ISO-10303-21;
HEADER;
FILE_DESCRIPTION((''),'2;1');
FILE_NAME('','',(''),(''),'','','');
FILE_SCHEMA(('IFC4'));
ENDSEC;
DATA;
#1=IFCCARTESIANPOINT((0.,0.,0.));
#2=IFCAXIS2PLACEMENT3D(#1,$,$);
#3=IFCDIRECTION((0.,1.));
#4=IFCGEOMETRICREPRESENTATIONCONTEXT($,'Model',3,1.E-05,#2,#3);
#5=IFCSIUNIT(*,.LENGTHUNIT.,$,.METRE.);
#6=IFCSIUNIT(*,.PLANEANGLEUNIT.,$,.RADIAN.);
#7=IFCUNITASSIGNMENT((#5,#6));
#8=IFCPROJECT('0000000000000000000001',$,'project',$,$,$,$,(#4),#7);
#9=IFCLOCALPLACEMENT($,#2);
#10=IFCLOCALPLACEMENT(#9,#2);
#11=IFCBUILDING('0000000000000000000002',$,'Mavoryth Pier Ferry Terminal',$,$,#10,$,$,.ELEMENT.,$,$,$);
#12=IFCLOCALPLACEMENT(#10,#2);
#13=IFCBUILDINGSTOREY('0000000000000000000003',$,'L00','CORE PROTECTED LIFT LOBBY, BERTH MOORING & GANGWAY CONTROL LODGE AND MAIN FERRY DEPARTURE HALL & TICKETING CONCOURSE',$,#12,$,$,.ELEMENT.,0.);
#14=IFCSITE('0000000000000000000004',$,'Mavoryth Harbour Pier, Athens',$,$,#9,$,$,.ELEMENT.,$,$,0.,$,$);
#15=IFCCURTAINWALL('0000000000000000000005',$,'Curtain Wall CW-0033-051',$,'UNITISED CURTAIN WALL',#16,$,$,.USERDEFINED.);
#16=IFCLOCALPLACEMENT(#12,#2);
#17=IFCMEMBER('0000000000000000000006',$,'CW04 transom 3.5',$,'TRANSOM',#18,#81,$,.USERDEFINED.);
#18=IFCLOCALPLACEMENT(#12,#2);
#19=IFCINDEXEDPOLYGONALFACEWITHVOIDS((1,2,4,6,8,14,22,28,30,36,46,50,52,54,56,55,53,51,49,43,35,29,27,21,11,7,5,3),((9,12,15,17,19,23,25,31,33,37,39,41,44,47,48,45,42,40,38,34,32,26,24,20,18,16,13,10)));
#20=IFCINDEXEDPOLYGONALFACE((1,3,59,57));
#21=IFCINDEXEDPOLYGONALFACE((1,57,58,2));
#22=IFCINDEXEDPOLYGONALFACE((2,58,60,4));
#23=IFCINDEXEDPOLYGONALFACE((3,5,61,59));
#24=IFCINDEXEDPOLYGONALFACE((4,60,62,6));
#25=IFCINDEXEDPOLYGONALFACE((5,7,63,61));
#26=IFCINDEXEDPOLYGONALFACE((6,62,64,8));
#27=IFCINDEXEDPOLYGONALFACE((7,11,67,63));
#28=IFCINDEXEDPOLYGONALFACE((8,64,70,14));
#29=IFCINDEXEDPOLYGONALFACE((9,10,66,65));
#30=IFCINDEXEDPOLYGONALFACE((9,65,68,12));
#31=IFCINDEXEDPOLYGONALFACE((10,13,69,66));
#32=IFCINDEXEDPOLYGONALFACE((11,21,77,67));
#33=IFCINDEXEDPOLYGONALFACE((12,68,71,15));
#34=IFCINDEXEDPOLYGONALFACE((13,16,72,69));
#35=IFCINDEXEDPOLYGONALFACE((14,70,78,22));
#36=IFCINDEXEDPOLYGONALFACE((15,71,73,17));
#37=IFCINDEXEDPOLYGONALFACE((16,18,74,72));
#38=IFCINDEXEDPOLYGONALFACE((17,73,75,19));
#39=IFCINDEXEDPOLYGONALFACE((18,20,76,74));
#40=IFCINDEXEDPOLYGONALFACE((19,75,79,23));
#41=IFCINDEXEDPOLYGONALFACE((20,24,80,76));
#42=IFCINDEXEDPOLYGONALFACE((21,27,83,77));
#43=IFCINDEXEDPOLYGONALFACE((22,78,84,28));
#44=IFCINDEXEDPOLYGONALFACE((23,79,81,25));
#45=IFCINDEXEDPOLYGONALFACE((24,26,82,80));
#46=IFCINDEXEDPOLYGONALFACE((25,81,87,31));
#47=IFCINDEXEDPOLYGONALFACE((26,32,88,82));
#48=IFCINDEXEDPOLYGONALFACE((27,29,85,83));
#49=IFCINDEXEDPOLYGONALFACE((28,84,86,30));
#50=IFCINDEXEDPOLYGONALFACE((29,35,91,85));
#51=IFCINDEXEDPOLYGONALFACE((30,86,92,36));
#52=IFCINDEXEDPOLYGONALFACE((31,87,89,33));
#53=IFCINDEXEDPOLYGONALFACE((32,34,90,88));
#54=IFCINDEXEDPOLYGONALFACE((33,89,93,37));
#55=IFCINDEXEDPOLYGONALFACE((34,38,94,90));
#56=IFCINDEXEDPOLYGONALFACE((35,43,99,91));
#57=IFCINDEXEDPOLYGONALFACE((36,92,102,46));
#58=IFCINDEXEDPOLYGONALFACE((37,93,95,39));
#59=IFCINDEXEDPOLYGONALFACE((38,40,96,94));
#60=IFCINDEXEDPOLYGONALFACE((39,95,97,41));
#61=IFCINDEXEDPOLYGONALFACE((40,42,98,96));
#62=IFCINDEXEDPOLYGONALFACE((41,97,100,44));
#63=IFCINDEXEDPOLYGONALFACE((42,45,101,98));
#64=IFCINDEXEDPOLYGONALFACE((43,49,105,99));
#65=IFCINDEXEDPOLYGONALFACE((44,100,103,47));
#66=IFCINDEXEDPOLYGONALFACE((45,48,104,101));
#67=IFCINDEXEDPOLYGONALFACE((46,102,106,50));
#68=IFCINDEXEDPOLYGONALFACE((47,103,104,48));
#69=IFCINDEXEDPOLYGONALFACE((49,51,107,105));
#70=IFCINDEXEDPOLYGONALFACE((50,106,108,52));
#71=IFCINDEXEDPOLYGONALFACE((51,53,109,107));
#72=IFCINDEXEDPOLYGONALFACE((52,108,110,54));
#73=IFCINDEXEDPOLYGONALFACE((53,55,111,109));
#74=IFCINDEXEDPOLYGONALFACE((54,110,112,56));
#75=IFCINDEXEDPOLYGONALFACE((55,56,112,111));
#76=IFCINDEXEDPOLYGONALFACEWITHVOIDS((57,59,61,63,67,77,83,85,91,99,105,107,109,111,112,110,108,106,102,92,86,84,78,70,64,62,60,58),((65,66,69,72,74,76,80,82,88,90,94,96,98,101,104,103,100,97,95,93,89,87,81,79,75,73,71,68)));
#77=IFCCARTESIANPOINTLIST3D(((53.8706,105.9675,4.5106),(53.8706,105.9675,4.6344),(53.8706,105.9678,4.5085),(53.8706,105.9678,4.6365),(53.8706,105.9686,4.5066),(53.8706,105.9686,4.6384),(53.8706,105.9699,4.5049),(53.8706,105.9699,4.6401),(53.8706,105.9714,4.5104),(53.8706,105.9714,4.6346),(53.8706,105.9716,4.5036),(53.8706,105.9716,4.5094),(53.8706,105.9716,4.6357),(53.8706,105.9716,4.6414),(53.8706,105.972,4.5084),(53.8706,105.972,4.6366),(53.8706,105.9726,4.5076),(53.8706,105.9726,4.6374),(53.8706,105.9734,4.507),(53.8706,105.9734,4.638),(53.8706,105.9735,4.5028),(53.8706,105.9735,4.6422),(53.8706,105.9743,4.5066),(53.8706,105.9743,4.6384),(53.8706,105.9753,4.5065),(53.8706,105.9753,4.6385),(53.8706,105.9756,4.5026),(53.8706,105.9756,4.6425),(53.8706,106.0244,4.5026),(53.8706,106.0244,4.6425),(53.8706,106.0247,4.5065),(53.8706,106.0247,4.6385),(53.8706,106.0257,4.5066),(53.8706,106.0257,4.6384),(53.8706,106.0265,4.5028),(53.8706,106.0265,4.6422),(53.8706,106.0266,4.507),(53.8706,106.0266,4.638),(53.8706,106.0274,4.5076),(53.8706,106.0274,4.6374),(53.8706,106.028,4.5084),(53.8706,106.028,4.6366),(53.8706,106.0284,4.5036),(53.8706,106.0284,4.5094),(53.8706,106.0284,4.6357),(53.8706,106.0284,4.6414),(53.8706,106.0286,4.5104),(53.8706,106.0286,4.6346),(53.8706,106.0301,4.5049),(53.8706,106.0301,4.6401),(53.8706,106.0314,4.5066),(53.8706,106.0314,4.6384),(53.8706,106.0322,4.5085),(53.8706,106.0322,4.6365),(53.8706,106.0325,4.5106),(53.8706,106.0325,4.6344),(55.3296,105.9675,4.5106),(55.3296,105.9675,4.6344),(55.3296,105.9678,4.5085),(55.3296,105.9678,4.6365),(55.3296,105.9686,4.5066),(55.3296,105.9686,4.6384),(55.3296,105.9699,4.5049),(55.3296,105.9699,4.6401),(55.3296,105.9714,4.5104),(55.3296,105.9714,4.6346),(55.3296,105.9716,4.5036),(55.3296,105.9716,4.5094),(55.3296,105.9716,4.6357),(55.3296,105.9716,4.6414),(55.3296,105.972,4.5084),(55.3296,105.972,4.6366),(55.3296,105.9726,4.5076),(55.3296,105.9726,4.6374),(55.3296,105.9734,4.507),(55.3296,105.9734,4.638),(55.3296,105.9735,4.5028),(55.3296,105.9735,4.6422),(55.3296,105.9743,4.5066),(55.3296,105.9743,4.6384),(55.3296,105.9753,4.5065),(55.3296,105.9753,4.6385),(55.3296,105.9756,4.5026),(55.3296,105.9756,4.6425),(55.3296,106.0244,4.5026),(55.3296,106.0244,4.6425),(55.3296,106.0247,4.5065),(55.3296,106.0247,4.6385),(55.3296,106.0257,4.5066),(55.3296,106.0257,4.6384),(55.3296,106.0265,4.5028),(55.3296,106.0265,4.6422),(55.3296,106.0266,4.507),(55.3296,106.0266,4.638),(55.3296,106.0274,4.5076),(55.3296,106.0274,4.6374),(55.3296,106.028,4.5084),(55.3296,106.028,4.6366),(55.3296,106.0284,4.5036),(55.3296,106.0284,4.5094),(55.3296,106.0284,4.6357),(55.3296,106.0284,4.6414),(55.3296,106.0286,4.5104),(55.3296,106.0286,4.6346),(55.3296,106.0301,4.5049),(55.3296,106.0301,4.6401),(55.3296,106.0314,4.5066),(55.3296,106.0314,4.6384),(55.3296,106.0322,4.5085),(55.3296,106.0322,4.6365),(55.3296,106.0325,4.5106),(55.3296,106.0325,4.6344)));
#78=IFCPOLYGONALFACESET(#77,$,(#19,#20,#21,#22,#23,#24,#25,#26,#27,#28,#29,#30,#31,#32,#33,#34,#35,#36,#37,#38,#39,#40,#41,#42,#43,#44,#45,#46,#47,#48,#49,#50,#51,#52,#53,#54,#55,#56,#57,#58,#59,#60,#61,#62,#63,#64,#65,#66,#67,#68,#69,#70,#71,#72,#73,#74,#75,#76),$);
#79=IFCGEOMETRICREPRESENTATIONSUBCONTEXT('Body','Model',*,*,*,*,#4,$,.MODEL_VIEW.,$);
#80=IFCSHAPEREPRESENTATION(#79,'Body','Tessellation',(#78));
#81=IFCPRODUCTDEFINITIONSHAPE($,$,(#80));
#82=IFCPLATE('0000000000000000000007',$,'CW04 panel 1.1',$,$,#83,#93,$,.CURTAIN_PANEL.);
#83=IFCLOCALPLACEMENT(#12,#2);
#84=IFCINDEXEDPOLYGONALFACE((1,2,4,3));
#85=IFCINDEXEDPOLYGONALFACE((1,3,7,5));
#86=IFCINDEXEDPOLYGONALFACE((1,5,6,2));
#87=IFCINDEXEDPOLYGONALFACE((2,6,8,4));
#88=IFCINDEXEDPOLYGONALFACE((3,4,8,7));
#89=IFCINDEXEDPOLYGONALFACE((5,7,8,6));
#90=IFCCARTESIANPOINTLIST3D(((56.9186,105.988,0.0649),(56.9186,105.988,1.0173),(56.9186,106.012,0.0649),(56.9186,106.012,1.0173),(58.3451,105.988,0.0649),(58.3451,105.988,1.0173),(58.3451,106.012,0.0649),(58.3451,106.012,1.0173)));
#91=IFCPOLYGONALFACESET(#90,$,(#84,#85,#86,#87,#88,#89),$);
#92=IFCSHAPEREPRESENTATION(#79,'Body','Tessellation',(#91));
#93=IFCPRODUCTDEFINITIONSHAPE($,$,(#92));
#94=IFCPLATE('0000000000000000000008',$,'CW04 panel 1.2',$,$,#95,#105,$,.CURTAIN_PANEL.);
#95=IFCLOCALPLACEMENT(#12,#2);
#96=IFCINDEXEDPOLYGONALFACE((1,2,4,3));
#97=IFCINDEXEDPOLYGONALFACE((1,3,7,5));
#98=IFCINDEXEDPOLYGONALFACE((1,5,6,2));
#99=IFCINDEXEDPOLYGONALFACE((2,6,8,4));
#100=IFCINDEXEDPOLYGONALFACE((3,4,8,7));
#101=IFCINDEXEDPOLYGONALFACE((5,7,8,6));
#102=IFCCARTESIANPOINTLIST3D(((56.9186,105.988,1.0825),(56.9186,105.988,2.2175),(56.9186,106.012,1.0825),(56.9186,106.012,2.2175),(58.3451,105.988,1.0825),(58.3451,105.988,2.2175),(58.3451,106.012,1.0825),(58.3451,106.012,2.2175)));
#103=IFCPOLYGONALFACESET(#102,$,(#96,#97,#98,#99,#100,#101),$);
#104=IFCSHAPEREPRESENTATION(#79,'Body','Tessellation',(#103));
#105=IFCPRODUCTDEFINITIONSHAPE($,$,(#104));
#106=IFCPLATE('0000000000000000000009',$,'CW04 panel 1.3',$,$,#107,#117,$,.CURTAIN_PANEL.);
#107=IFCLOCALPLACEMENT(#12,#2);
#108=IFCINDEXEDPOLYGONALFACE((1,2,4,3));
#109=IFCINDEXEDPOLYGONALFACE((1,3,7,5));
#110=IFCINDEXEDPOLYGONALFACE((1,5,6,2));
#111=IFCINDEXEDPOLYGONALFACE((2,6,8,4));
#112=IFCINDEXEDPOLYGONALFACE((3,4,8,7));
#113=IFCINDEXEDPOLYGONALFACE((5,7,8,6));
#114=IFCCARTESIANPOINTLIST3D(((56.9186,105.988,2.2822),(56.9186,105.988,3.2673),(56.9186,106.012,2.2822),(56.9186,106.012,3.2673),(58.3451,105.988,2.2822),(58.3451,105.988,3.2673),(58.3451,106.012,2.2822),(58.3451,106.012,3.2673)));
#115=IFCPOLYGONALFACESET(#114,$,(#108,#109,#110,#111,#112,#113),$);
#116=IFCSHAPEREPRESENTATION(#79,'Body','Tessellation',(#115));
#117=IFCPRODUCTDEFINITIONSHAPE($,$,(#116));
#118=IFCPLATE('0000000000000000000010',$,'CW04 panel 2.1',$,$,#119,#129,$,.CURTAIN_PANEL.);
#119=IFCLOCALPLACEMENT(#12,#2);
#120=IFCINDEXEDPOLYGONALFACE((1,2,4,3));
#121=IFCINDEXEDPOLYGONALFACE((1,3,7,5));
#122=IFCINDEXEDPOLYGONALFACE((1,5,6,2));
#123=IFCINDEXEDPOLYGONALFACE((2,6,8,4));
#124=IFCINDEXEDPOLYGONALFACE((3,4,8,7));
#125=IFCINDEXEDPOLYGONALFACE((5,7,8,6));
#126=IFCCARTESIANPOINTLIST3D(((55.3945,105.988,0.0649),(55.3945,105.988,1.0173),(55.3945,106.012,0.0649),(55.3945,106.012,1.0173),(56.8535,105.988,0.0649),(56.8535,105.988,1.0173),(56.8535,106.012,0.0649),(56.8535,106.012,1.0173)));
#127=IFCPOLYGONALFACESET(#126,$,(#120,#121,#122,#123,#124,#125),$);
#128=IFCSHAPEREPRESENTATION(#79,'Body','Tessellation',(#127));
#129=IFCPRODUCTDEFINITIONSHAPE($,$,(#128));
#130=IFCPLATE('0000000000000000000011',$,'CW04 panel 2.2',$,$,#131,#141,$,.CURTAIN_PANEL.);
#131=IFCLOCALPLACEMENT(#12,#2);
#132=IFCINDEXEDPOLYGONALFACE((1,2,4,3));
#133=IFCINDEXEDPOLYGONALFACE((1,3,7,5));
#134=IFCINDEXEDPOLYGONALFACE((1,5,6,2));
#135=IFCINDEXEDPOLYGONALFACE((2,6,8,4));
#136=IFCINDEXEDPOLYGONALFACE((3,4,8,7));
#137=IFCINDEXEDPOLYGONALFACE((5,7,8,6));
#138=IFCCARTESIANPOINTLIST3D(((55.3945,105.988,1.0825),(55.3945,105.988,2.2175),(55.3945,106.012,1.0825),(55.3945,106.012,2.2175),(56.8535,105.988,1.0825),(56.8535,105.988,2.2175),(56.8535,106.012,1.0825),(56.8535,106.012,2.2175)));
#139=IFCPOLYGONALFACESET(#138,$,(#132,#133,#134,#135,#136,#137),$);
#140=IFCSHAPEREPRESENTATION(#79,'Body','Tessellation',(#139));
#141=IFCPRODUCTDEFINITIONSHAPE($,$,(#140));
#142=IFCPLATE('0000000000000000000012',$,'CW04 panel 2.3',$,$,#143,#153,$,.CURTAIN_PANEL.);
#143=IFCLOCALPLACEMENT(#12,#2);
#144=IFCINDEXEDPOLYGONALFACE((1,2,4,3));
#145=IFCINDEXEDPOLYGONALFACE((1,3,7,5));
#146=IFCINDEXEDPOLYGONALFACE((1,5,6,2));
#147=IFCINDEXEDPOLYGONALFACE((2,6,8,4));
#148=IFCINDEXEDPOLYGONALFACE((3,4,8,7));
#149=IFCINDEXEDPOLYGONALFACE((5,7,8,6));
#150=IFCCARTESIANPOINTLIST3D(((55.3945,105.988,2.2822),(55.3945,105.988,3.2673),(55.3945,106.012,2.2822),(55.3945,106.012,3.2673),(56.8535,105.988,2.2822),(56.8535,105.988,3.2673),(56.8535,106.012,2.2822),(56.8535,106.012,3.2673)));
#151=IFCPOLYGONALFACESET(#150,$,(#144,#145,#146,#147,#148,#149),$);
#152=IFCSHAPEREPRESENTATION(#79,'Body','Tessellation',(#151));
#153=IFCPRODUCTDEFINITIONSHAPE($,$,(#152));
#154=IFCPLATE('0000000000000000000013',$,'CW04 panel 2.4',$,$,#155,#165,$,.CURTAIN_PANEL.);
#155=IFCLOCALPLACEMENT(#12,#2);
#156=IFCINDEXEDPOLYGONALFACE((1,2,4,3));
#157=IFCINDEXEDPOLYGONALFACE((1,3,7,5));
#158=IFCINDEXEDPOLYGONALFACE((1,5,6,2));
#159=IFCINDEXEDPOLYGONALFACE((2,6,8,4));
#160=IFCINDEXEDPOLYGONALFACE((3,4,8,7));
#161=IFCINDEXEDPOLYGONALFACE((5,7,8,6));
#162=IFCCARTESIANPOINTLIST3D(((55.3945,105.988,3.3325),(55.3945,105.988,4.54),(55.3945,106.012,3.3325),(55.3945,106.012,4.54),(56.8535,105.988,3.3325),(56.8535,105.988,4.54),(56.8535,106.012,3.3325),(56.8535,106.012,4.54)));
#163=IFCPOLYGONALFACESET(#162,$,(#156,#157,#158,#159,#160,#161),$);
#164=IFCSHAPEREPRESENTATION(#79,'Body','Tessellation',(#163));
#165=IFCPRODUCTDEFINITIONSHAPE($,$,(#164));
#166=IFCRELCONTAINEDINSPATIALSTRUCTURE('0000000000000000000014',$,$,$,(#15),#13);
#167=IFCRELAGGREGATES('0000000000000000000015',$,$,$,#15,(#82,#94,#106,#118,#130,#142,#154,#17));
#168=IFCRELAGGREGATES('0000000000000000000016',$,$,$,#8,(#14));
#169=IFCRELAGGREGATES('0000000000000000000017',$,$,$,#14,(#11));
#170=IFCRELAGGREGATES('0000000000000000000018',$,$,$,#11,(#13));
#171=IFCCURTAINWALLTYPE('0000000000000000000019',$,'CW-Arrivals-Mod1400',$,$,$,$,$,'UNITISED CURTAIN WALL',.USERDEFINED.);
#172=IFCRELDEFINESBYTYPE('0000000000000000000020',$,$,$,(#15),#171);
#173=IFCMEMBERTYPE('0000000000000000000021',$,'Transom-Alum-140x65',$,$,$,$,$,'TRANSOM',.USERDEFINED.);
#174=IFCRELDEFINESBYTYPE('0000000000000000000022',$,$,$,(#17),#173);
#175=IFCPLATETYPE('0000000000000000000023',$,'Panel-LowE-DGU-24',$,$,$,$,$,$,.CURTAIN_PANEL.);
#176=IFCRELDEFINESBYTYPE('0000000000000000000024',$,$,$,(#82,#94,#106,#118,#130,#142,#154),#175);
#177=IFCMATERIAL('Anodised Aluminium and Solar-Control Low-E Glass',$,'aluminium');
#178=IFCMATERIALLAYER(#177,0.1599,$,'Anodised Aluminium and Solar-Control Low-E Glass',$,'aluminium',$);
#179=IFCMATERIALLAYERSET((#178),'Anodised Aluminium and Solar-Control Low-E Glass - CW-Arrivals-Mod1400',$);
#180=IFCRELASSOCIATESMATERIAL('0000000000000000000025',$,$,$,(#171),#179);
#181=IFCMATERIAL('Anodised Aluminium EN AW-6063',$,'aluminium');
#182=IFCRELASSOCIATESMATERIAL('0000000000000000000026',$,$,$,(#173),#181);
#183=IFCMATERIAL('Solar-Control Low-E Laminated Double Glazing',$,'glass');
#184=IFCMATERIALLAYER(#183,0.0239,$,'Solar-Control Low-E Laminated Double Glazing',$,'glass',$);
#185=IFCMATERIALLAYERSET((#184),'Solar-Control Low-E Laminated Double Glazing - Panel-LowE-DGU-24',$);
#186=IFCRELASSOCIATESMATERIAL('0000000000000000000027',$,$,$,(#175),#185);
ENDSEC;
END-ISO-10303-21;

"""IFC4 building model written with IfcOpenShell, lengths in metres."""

from ifc_helpers import new_model, si_unit, direction, frame, origin, origin_2d, place, context, subcontext, project, spatial, rectangle, hollow_rectangle, extrude, material, layer, layer_set, material_profile, profile_set, type_object, element, aggregate, save


model = new_model("IFC4")

# Units and contexts
model_context = context("Model", 3, precision=1e-05, world=origin(), true_north=direction((0.0, 1.0)))
body_context = subcontext(model_context, "Body", "Model", "MODEL_VIEW")
ifc_project = project(units=[si_unit("LENGTHUNIT", "METRE"), si_unit("PLANEANGLEUNIT", "RADIAN")], contexts=[model_context])

# Site, building, storey
site_placement = place(None, origin())
site = spatial("IfcSite", under=ifc_project, at=site_placement, Name="Mavoryth Harbour Pier, Athens", CompositionType="ELEMENT", RefElevation=0.0)
building_placement = place(site_placement, origin())
building = spatial("IfcBuilding", under=site, at=building_placement, Name="Mavoryth Pier Ferry Terminal", CompositionType="ELEMENT")
storey_placement = place(building_placement, origin())
storey = spatial("IfcBuildingStorey", under=building, at=storey_placement, Name="L00", Description="CORE PROTECTED LIFT LOBBY, BERTH MOORING & GANGWAY CONTROL LODGE AND MAIN FERRY DEPARTURE HALL & TICKETING CONCOURSE", CompositionType="ELEMENT", Elevation=0.0)

# Curtain wall, member, plates
ifc_material_1 = material(Name="Anodised Aluminium and Solar-Control Low-E Glass", Category="aluminium")
ifc_layer_1 = layer(ifc_material_1, 0.1599, Name="Anodised Aluminium and Solar-Control Low-E Glass", Category="aluminium")
ifc_layer_set_1 = layer_set([ifc_layer_1], Name="Anodised Aluminium and Solar-Control Low-E Glass - CW-Arrivals-Mod1400")
curtain_wall_type = type_object("IfcCurtainWallType", Name="CW-Arrivals-Mod1400", ElementType="UNITISED CURTAIN WALL", PredefinedType="USERDEFINED", material=ifc_layer_set_1)
curtain_wall_placement = place(storey_placement, origin())
curtain_wall = element("IfcCurtainWall", 1, at=curtain_wall_placement, inside=storey, type_object=curtain_wall_type, Name="Curtain Wall CW-0033-051", ObjectType="UNITISED CURTAIN WALL", PredefinedType="USERDEFINED")
ifc_material_2 = material(Name="Anodised Aluminium EN AW-6063", Category="aluminium")
ifc_material_profile_1 = material_profile(ifc_material_2, hollow_rectangle(XDim=0.0649, YDim=0.1399, WallThickness=0.0039, InnerFilletRadius=0.0039, OuterFilletRadius=0.0081, at=origin_2d()), Name="AL-TRAN 140x65x4", Category="aluminium")
ifc_profile_set_1 = profile_set([ifc_material_profile_1], Name="Anodised Aluminium EN AW-6063 - AL-TRAN 140x65x4")
member_type_1 = type_object("IfcMemberType", Name="Transom-Alum-140x65", ElementType="TRANSOM", PredefinedType="USERDEFINED", material=ifc_profile_set_1)
member_1_placement = place(storey_placement, frame((55.3296, 106.0, 4.5725), z_axis=(-1.0, 0.0, 0.0), x_axis=(0.0, -1.0, 0.0)))
member_1 = element("IfcMember", 2, at=member_1_placement, type_object=member_type_1, Name="CW04 transom 3.5", ObjectType="TRANSOM", PredefinedType="USERDEFINED", context=body_context, shape_type="SweptSolid", body=[
    extrude(hollow_rectangle(XDim=0.0649, YDim=0.1399, WallThickness=0.0039, InnerFilletRadius=0.0039, OuterFilletRadius=0.0081, at=origin_2d()), origin(), (0.0, 0.0, 1.0), 1.459),
])
ifc_material_3 = material(Name="Solar-Control Low-E Laminated Double Glazing", Category="glass")
ifc_layer_2 = layer(ifc_material_3, 0.0239, Name="Solar-Control Low-E Laminated Double Glazing", Category="glass")
ifc_layer_set_2 = layer_set([ifc_layer_2], Name="Solar-Control Low-E Laminated Double Glazing - Panel-LowE-DGU-24")
plate_type = type_object("IfcPlateType", Name="Panel-LowE-DGU-24", PredefinedType="CURTAIN_PANEL", material=ifc_layer_set_2)
plate_1_placement = place(storey_placement, frame((57.6318, 106.0, 0.0649), z_axis=(0.0, 0.0, 1.0), x_axis=(-1.0, 0.0, 0.0)))
plate_1 = element("IfcPlate", 3, at=plate_1_placement, type_object=plate_type, Name="CW04 panel 1.1", PredefinedType="CURTAIN_PANEL", context=body_context, shape_type="SweptSolid", body=[
    extrude(rectangle(XDim=1.4265, YDim=0.0239, at=origin_2d()), origin(), (0.0, 0.0, 1.0), 0.9524),
])
plate_2_placement = place(storey_placement, frame((57.6318, 106.0, 1.0825), z_axis=(0.0, 0.0, 1.0), x_axis=(-1.0, 0.0, 0.0)))
plate_2 = element("IfcPlate", 4, at=plate_2_placement, type_object=plate_type, Name="CW04 panel 1.2", PredefinedType="CURTAIN_PANEL", context=body_context, shape_type="SweptSolid", body=[
    extrude(rectangle(XDim=1.4265, YDim=0.0239, at=origin_2d()), origin(), (0.0, 0.0, 1.0), 1.135),
])
plate_3_placement = place(storey_placement, frame((57.6318, 106.0, 2.2822), z_axis=(0.0, 0.0, 1.0), x_axis=(-1.0, 0.0, 0.0)))
plate_3 = element("IfcPlate", 5, at=plate_3_placement, type_object=plate_type, Name="CW04 panel 1.3", PredefinedType="CURTAIN_PANEL", context=body_context, shape_type="SweptSolid", body=[
    extrude(rectangle(XDim=1.4265, YDim=0.0239, at=origin_2d()), origin(), (0.0, 0.0, 1.0), 0.9851),
])
plate_4_placement = place(storey_placement, frame((56.124, 106.0, 0.0649), z_axis=(0.0, 0.0, 1.0), x_axis=(-1.0, 0.0, 0.0)))
plate_4 = element("IfcPlate", 6, at=plate_4_placement, type_object=plate_type, Name="CW04 panel 2.1", PredefinedType="CURTAIN_PANEL", context=body_context, shape_type="SweptSolid", body=[
    extrude(rectangle(XDim=1.459, YDim=0.0239, at=origin_2d()), origin(), (0.0, 0.0, 1.0), 0.9524),
])
plate_5_placement = place(storey_placement, frame((56.124, 106.0, 1.0825), z_axis=(0.0, 0.0, 1.0), x_axis=(-1.0, 0.0, 0.0)))
plate_5 = element("IfcPlate", 7, at=plate_5_placement, type_object=plate_type, Name="CW04 panel 2.2", PredefinedType="CURTAIN_PANEL", context=body_context, shape_type="SweptSolid", body=[
    extrude(rectangle(XDim=1.459, YDim=0.0239, at=origin_2d()), origin(), (0.0, 0.0, 1.0), 1.135),
])
plate_6_placement = place(storey_placement, frame((56.124, 106.0, 2.2822), z_axis=(0.0, 0.0, 1.0), x_axis=(-1.0, 0.0, 0.0)))
plate_6 = element("IfcPlate", 8, at=plate_6_placement, type_object=plate_type, Name="CW04 panel 2.3", PredefinedType="CURTAIN_PANEL", context=body_context, shape_type="SweptSolid", body=[
    extrude(rectangle(XDim=1.459, YDim=0.0239, at=origin_2d()), origin(), (0.0, 0.0, 1.0), 0.9851),
])
plate_7_placement = place(storey_placement, frame((56.124, 106.0, 3.3325), z_axis=(0.0, 0.0, 1.0), x_axis=(-1.0, 0.0, 0.0)))
plate_7 = element("IfcPlate", 9, at=plate_7_placement, type_object=plate_type, Name="CW04 panel 2.4", PredefinedType="CURTAIN_PANEL", context=body_context, shape_type="SweptSolid", body=[
    extrude(rectangle(XDim=1.459, YDim=0.0239, at=origin_2d()), origin(), (0.0, 0.0, 1.0), 1.2075),
])
aggregate(curtain_wall, [plate_1, plate_2, plate_3, plate_4, plate_5, plate_6, plate_7, member_1])

save(model, "model.ifc")
